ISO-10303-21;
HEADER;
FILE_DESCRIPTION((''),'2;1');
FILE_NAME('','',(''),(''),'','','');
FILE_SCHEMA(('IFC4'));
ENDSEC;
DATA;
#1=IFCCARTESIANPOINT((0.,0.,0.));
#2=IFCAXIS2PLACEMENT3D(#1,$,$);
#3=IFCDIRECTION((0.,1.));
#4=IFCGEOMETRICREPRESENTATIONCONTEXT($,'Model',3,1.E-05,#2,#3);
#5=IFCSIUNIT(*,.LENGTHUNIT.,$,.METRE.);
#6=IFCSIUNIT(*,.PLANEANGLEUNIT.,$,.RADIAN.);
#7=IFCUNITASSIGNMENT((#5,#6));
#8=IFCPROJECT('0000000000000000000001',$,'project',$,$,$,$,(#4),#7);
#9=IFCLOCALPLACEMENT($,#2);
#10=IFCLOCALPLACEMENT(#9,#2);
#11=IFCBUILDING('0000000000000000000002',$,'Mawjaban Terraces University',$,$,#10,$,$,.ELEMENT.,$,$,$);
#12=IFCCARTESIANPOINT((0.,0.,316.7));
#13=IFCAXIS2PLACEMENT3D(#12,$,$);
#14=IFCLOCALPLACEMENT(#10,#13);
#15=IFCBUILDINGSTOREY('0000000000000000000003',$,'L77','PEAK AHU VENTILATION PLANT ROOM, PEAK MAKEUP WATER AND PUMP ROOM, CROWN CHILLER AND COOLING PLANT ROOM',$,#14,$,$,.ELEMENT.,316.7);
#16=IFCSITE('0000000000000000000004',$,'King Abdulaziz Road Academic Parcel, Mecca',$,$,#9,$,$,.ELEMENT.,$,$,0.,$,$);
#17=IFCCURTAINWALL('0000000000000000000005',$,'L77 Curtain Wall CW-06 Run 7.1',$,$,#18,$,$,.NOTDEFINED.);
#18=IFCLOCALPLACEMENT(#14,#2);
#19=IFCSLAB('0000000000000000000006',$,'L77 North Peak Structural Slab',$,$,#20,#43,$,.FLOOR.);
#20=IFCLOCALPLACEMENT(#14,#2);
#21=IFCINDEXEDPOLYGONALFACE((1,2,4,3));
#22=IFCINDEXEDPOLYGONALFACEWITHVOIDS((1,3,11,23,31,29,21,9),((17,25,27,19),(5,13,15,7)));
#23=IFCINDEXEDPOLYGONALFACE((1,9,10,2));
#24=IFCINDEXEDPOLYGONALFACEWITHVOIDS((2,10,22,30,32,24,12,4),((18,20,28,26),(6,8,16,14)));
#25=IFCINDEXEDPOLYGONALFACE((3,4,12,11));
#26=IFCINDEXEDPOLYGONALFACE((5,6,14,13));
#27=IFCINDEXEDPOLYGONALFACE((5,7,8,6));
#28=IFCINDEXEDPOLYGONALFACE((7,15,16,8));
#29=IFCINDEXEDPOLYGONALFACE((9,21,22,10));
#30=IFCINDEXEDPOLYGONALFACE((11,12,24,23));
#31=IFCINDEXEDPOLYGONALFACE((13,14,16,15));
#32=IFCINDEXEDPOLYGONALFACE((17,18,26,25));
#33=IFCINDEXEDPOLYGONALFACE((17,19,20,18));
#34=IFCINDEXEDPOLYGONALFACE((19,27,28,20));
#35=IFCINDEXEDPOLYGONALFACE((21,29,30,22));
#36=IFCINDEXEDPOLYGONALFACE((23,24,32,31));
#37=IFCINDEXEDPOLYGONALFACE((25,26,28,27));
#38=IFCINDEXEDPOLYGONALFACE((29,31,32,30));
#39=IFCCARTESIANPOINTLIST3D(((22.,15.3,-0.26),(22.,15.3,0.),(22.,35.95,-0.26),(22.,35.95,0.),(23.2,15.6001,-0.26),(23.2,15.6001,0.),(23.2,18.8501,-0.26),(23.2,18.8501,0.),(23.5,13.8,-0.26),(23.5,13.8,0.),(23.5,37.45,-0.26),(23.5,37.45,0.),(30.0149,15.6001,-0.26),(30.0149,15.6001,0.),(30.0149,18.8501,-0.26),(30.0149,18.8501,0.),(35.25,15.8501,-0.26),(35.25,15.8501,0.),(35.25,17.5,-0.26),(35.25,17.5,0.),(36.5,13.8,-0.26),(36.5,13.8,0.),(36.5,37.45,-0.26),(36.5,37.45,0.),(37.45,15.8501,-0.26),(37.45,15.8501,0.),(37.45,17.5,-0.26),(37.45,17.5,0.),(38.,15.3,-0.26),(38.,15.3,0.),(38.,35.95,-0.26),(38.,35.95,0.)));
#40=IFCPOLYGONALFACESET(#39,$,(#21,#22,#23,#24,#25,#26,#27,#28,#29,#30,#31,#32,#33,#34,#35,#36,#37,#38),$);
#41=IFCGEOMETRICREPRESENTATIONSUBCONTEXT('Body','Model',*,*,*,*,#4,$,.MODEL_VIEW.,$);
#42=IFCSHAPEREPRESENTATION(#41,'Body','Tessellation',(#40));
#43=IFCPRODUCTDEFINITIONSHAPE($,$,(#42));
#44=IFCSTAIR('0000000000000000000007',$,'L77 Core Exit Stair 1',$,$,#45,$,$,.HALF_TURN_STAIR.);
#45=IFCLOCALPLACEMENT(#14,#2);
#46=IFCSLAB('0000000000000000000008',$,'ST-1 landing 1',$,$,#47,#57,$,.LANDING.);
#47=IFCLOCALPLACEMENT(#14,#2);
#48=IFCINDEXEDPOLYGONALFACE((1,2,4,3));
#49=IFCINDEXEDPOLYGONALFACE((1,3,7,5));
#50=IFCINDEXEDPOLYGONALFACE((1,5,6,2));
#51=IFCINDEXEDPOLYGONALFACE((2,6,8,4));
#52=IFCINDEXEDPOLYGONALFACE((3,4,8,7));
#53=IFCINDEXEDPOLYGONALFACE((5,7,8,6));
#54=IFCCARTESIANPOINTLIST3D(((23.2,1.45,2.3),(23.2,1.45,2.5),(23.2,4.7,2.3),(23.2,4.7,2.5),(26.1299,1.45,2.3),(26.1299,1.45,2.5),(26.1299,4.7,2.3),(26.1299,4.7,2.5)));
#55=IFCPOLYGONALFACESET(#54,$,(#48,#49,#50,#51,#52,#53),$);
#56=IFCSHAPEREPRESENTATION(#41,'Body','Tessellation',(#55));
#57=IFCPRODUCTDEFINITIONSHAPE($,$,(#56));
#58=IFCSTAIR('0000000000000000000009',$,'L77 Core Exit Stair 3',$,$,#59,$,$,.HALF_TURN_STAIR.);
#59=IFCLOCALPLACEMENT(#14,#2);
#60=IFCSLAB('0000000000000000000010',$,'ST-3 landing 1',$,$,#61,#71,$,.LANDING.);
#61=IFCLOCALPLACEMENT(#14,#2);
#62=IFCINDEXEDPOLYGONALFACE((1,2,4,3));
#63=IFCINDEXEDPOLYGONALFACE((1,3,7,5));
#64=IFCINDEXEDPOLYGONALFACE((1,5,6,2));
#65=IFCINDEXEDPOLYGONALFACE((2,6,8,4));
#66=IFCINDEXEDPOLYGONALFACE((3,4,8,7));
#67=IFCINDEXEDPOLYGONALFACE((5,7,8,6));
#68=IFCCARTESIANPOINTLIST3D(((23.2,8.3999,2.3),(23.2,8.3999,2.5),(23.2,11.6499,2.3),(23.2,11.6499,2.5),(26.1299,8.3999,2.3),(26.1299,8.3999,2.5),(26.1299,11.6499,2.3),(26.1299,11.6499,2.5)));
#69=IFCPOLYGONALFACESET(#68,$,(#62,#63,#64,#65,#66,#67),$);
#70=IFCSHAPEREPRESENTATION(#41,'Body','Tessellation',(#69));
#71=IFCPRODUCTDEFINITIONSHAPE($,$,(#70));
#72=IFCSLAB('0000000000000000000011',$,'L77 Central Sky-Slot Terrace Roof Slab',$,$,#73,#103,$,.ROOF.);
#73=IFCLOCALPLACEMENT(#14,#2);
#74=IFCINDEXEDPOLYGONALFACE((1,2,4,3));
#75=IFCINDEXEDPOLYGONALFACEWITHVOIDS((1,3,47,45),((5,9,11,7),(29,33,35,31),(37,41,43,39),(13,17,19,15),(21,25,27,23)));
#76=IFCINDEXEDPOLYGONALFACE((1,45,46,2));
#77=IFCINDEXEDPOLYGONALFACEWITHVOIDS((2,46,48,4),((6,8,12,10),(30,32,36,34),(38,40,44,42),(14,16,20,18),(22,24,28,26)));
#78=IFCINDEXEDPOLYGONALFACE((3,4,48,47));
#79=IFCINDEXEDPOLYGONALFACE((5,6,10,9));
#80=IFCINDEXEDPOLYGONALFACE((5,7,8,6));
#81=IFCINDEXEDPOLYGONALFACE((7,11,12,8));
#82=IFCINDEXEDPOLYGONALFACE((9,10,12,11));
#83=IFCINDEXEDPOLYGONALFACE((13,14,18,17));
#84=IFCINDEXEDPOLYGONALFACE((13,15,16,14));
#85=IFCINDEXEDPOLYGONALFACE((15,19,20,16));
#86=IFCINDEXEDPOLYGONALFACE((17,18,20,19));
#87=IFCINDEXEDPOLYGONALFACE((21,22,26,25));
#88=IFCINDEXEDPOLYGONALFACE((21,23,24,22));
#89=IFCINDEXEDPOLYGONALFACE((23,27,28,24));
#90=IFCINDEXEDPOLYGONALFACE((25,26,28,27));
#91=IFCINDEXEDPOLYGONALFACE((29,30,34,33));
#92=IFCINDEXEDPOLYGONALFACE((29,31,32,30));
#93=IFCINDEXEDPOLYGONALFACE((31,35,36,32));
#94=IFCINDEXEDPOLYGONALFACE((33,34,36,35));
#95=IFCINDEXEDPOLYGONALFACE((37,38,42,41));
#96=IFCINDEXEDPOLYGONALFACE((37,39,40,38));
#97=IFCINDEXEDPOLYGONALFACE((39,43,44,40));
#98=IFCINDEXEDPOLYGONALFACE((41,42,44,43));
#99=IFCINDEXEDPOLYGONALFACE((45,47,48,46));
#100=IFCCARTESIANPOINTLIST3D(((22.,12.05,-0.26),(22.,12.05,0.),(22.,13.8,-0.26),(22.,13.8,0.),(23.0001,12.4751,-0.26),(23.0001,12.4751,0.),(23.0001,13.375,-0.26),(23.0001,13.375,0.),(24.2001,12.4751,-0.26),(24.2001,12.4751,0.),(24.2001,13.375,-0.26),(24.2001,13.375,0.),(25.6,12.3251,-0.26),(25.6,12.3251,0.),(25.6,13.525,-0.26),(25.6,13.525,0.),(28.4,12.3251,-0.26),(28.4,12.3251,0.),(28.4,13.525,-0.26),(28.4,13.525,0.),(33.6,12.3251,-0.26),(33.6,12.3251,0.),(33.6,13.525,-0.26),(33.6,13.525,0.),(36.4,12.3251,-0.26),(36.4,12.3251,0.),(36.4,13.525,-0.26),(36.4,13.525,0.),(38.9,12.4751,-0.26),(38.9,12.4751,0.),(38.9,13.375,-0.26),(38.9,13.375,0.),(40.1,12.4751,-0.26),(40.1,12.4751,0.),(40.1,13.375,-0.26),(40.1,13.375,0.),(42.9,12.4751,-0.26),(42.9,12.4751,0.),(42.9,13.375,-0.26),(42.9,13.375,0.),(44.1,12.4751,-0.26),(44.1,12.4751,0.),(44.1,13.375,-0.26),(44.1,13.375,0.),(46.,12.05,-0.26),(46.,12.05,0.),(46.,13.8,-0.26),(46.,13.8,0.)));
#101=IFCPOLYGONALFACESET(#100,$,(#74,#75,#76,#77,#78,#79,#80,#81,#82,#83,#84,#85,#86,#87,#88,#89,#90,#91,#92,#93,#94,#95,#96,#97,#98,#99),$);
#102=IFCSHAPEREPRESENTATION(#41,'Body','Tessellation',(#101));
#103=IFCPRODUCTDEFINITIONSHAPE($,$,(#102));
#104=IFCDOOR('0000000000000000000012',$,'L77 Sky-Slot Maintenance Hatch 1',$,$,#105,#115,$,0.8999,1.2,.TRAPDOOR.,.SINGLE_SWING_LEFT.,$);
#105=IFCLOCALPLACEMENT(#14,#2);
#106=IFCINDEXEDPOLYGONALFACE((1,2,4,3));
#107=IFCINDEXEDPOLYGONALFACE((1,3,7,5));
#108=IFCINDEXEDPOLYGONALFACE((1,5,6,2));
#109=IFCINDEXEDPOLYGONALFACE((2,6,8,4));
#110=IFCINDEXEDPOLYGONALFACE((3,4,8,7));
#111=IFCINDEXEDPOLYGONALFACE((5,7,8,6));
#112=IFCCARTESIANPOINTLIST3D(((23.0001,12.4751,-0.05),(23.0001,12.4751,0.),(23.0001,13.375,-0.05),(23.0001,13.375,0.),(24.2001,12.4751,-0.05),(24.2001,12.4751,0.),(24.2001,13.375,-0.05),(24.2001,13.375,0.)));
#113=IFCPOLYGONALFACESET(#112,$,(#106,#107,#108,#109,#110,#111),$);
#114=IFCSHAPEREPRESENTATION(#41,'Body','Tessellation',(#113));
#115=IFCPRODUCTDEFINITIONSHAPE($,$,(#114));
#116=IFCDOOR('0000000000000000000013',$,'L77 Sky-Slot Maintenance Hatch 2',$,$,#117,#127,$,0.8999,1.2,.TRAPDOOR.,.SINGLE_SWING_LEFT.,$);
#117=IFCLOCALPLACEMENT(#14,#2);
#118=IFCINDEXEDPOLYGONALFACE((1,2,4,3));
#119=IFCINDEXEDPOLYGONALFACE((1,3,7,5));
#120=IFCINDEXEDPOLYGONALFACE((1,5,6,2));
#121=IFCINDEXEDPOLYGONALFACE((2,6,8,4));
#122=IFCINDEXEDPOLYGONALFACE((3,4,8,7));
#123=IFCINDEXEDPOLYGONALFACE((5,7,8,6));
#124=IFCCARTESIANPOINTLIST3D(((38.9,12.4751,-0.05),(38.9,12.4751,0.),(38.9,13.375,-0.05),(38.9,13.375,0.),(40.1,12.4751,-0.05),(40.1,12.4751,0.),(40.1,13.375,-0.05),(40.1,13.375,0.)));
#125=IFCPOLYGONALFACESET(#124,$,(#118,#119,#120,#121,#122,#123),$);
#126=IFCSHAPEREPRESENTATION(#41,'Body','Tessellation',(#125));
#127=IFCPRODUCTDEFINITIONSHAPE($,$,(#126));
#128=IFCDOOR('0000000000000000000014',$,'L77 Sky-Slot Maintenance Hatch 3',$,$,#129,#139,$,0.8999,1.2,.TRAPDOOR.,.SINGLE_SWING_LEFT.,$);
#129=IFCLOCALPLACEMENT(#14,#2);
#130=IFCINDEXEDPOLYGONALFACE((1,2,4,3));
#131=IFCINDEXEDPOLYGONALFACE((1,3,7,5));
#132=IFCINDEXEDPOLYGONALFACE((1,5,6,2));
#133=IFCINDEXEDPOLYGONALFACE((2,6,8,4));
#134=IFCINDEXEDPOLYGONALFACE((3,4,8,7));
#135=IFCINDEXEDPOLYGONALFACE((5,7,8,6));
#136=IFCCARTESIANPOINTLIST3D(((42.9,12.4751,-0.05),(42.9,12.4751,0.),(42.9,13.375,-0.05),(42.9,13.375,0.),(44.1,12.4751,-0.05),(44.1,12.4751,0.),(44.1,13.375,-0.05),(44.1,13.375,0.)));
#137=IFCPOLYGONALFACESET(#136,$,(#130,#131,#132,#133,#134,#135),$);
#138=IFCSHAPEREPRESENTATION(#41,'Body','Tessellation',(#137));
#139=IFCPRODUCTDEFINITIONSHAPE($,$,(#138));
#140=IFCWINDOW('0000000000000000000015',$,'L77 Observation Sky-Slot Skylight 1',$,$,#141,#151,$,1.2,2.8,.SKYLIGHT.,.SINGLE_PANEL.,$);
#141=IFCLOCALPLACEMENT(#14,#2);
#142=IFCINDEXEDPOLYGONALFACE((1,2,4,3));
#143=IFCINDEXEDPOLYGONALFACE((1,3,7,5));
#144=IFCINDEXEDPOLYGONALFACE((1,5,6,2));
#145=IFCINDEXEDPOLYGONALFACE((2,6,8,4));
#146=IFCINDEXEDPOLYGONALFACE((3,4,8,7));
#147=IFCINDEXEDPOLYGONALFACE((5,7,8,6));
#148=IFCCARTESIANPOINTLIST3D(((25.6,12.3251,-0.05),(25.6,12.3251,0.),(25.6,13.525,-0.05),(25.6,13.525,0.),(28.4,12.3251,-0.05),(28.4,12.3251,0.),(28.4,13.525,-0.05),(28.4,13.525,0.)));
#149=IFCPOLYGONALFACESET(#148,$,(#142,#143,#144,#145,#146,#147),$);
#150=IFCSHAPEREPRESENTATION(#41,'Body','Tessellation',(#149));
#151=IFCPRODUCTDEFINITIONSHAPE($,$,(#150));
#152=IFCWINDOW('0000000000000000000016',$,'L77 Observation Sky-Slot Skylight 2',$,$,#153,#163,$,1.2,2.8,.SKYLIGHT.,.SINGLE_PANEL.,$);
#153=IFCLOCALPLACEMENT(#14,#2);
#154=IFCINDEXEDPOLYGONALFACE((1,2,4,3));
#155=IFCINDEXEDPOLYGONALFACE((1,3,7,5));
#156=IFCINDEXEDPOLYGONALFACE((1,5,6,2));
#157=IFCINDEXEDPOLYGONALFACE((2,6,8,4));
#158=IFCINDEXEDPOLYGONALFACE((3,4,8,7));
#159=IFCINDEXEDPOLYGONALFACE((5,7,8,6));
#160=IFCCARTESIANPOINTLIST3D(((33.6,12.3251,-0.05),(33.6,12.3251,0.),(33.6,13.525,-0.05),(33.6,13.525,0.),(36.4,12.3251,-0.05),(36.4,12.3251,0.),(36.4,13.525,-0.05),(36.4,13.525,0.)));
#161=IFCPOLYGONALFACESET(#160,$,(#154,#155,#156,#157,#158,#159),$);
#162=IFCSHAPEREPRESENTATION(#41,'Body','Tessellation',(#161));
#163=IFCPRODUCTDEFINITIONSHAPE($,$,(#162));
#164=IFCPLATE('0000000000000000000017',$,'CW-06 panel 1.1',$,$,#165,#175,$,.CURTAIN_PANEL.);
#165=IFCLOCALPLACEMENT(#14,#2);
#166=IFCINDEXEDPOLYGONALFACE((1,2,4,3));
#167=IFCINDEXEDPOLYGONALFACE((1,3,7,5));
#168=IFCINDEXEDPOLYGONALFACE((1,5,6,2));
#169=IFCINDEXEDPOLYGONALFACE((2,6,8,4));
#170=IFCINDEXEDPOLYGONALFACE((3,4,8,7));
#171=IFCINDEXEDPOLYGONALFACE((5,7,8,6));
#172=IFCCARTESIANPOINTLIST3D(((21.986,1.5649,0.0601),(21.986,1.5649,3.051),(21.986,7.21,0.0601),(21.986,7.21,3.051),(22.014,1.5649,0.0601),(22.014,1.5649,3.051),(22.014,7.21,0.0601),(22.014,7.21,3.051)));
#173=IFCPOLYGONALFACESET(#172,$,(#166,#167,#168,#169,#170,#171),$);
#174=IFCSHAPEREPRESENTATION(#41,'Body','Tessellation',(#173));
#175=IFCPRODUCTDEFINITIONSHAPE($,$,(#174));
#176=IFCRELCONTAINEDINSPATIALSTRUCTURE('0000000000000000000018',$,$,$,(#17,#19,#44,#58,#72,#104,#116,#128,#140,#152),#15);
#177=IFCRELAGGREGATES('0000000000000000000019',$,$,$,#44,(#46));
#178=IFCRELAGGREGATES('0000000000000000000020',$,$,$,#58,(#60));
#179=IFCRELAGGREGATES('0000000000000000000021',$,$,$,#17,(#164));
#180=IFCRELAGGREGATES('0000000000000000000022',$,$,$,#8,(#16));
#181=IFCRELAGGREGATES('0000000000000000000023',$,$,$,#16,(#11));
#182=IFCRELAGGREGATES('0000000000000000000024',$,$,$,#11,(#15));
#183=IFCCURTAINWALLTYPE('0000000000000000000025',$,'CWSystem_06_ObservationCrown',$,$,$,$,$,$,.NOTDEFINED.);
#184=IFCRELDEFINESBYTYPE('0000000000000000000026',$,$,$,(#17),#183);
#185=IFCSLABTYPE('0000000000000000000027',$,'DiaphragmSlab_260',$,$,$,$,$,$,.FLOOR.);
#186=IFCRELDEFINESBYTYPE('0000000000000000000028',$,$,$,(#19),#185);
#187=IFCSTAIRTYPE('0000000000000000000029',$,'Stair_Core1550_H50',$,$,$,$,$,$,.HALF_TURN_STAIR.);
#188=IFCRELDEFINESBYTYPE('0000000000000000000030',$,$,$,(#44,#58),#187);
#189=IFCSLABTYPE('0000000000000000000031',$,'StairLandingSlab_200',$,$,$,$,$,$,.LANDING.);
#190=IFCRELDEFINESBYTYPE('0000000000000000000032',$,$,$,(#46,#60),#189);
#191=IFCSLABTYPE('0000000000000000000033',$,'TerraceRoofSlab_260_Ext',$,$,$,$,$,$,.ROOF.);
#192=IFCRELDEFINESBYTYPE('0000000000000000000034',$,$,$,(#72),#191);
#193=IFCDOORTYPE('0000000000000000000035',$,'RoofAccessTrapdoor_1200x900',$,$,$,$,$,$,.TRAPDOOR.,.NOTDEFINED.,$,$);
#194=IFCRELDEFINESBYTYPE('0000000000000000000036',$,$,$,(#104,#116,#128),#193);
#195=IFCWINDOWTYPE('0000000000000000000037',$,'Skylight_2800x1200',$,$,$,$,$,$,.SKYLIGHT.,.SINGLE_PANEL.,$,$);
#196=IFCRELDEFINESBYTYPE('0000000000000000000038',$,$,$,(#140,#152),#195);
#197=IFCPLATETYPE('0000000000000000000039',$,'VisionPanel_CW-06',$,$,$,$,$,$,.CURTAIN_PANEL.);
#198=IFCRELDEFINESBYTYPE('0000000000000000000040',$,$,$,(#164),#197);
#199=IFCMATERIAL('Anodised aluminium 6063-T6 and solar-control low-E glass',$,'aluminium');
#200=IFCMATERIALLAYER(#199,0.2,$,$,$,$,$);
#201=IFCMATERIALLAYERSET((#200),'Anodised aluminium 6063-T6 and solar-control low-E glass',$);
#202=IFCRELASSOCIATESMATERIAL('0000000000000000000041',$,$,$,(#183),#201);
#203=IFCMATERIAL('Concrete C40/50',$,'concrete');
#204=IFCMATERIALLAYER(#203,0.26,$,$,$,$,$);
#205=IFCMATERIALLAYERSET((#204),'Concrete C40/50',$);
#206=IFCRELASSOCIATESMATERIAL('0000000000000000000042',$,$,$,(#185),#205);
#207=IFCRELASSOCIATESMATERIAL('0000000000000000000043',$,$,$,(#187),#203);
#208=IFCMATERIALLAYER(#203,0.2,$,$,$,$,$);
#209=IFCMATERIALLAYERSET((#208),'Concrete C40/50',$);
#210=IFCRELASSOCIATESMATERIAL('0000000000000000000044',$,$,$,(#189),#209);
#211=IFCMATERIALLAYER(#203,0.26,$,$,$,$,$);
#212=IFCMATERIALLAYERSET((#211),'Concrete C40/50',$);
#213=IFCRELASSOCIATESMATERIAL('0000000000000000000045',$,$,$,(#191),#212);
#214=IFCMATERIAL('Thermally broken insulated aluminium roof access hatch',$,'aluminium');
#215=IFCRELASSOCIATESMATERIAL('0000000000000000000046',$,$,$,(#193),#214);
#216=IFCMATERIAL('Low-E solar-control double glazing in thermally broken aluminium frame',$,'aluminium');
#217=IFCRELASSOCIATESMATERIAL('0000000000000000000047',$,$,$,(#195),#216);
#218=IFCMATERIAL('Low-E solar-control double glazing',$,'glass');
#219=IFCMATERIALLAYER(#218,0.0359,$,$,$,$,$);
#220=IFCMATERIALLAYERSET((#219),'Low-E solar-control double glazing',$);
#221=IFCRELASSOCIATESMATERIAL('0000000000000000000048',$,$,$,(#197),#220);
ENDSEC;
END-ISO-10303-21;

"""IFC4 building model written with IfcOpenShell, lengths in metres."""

from ifc_helpers import new_model, si_unit, direction, frame, origin, origin_2d, place, context, subcontext, project, spatial, polyline, rectangle, outline, extrude, material, layer, layer_set, type_object, element, fill, aggregate, save


model = new_model("IFC4")

# Units and contexts
model_context = context("Model", 3, precision=1e-05, world=origin(), true_north=direction((0.0, 1.0)))
body_context = subcontext(model_context, "Body", "Model", "MODEL_VIEW")
ifc_project = project(units=[si_unit("LENGTHUNIT", "METRE"), si_unit("PLANEANGLEUNIT", "RADIAN")], contexts=[model_context])

# Site, building, storey
site_placement = place(None, origin())
site = spatial("IfcSite", under=ifc_project, at=site_placement, Name="King Abdulaziz Road Academic Parcel, Mecca", CompositionType="ELEMENT", RefElevation=0.0)
building_placement = place(site_placement, origin())
building = spatial("IfcBuilding", under=site, at=building_placement, Name="Mawjaban Terraces University", CompositionType="ELEMENT")
storey_placement = place(building_placement, frame((0.0, 0.0, 316.7)))
storey = spatial("IfcBuildingStorey", under=building, at=storey_placement, Name="L77", Description="PEAK AHU VENTILATION PLANT ROOM, PEAK MAKEUP WATER AND PUMP ROOM, CROWN CHILLER AND COOLING PLANT ROOM", CompositionType="ELEMENT", Elevation=316.7)

# Curtain wall
ifc_material_1 = material(Name="Anodised aluminium 6063-T6 and solar-control low-E glass", Category="aluminium")
ifc_layer_1 = layer(ifc_material_1, 0.2)
ifc_layer_set_1 = layer_set([ifc_layer_1], Name="Anodised aluminium 6063-T6 and solar-control low-E glass")
curtain_wall_type = type_object("IfcCurtainWallType", Name="CWSystem_06_ObservationCrown", PredefinedType="NOTDEFINED", material=ifc_layer_set_1)
curtain_wall_placement = place(storey_placement, origin())
curtain_wall = element("IfcCurtainWall", 1, at=curtain_wall_placement, inside=storey, type_object=curtain_wall_type, Name="L77 Curtain Wall CW-06 Run 7.1", PredefinedType="NOTDEFINED")

# Slab
ifc_material_2 = material(Name="Concrete C40/50", Category="concrete")
ifc_layer_2 = layer(ifc_material_2, 0.26)
ifc_layer_set_2 = layer_set([ifc_layer_2], Name="Concrete C40/50")
slab_type_1 = type_object("IfcSlabType", Name="DiaphragmSlab_260", PredefinedType="FLOOR", material=ifc_layer_set_2)
slab_1_placement = place(storey_placement, frame((0.0, 0.0, -0.26)))
element("IfcSlab", 2, at=slab_1_placement, inside=storey, type_object=slab_type_1, Name="L77 North Peak Structural Slab", PredefinedType="FLOOR", context=body_context, shape_type="SweptSolid", body=[
    extrude(outline(polyline([(23.5, 13.8), (36.5, 13.8), (38.0, 15.3), (38.0, 35.95), (36.5, 37.45), (23.5, 37.45), (22.0, 35.95), (22.0, 15.3), (23.5, 13.8)]), holes=[polyline([(30.0149, 18.8501), (23.2, 18.8501), (23.2, 15.6001), (30.0149, 15.6001), (30.0149, 18.8501)]), polyline([(35.25, 15.8501), (37.45, 15.8501), (37.45, 17.5), (35.25, 17.5), (35.25, 15.8501)])]), origin(), (0.0, 0.0, 1.0), 0.26),
])

# Stairs, slabs
stair_type = type_object("IfcStairType", Name="Stair_Core1550_H50", PredefinedType="HALF_TURN_STAIR", material=ifc_material_2)
stair_1_placement = place(storey_placement, origin())
stair_1 = element("IfcStair", 3, at=stair_1_placement, inside=storey, type_object=stair_type, Name="L77 Core Exit Stair 1", PredefinedType="HALF_TURN_STAIR")
ifc_layer_3 = layer(ifc_material_2, 0.2)
ifc_layer_set_3 = layer_set([ifc_layer_3], Name="Concrete C40/50")
slab_type_2 = type_object("IfcSlabType", Name="StairLandingSlab_200", PredefinedType="LANDING", material=ifc_layer_set_3)
slab_2_placement = place(storey_placement, frame((0.0, 0.0, 2.3)))
slab_2 = element("IfcSlab", 4, at=slab_2_placement, type_object=slab_type_2, Name="ST-1 landing 1", PredefinedType="LANDING", context=body_context, shape_type="SweptSolid", body=[
    extrude(outline(polyline([(26.1299, 4.7), (23.2, 4.7), (23.2, 1.45), (26.1299, 1.45), (26.1299, 4.7)])), origin(), (0.0, 0.0, 1.0), 0.2),
])
aggregate(stair_1, [slab_2])
stair_2_placement = place(storey_placement, origin())
stair_2 = element("IfcStair", 5, at=stair_2_placement, inside=storey, type_object=stair_type, Name="L77 Core Exit Stair 3", PredefinedType="HALF_TURN_STAIR")
slab_3_placement = place(storey_placement, frame((0.0, 0.0, 2.3)))
slab_3 = element("IfcSlab", 6, at=slab_3_placement, type_object=slab_type_2, Name="ST-3 landing 1", PredefinedType="LANDING", context=body_context, shape_type="SweptSolid", body=[
    extrude(outline(polyline([(26.1299, 11.6499), (23.2, 11.6499), (23.2, 8.3999), (26.1299, 8.3999), (26.1299, 11.6499)])), origin(), (0.0, 0.0, 1.0), 0.2),
])
aggregate(stair_2, [slab_3])

# Slab, openings, doors, windows
ifc_layer_4 = layer(ifc_material_2, 0.26)
ifc_layer_set_4 = layer_set([ifc_layer_4], Name="Concrete C40/50")
slab_type_3 = type_object("IfcSlabType", Name="TerraceRoofSlab_260_Ext", PredefinedType="ROOF", material=ifc_layer_set_4)
slab_4_placement = place(storey_placement, frame((0.0, 0.0, -0.26)))
slab_4 = element("IfcSlab", 7, at=slab_4_placement, inside=storey, type_object=slab_type_3, Name="L77 Central Sky-Slot Terrace Roof Slab", PredefinedType="ROOF", context=body_context, shape_type="SweptSolid", body=[
    extrude(outline(polyline([(22.0, 12.05), (46.0, 12.05), (46.0, 13.8), (22.0, 13.8), (22.0, 12.05)])), origin(), (0.0, 0.0, 1.0), 0.26),
])
opening_1_placement = place(slab_4_placement, frame((27.0, 12.925, 0.0)))
opening_1 = element("IfcOpeningElement", 8, at=opening_1_placement, cuts=slab_4, PredefinedType="OPENING", context=body_context, shape_type="SweptSolid", body=[
    extrude(rectangle(XDim=2.8, YDim=1.2, at=origin_2d()), origin(), (0.0, 0.0, 1.0), 0.26),
])
opening_2_placement = place(slab_4_placement, frame((35.0, 12.925, 0.0)))
opening_2 = element("IfcOpeningElement", 9, at=opening_2_placement, cuts=slab_4, PredefinedType="OPENING", context=body_context, shape_type="SweptSolid", body=[
    extrude(rectangle(XDim=2.8, YDim=1.2, at=origin_2d()), origin(), (0.0, 0.0, 1.0), 0.26),
])
opening_3_placement = place(slab_4_placement, frame((23.6001, 12.925, 0.0)))
opening_3 = element("IfcOpeningElement", 10, at=opening_3_placement, cuts=slab_4, PredefinedType="OPENING", context=body_context, shape_type="SweptSolid", body=[
    extrude(rectangle(XDim=1.2, YDim=0.8999, at=origin_2d()), origin(), (0.0, 0.0, 1.0), 0.26),
])
opening_4_placement = place(slab_4_placement, frame((39.5, 12.925, 0.0)))
opening_4 = element("IfcOpeningElement", 11, at=opening_4_placement, cuts=slab_4, PredefinedType="OPENING", context=body_context, shape_type="SweptSolid", body=[
    extrude(rectangle(XDim=1.2, YDim=0.8999, at=origin_2d()), origin(), (0.0, 0.0, 1.0), 0.26),
])
opening_5_placement = place(slab_4_placement, frame((43.5, 12.925, 0.0)))
opening_5 = element("IfcOpeningElement", 12, at=opening_5_placement, cuts=slab_4, PredefinedType="OPENING", context=body_context, shape_type="SweptSolid", body=[
    extrude(rectangle(XDim=1.2, YDim=0.8999, at=origin_2d()), origin(), (0.0, 0.0, 1.0), 0.26),
])
ifc_material_3 = material(Name="Thermally broken insulated aluminium roof access hatch", Category="aluminium")
door_type = type_object("IfcDoorType", Name="RoofAccessTrapdoor_1200x900", OperationType="NOTDEFINED", PredefinedType="TRAPDOOR", material=ifc_material_3)
door_1_placement = place(opening_3_placement, frame((0.0, 0.0, 0.21)))
door_1 = element("IfcDoor", 13, at=door_1_placement, inside=storey, type_object=door_type, Name="L77 Sky-Slot Maintenance Hatch 1", OperationType="SINGLE_SWING_LEFT", OverallHeight=0.8999, OverallWidth=1.2, PredefinedType="TRAPDOOR", context=body_context, shape_type="SweptSolid", body=[
    extrude(rectangle(XDim=1.2, YDim=0.8999, at=origin_2d()), origin(), (0.0, 0.0, 1.0), 0.05),
])
fill(opening_3, door_1)
door_2_placement = place(opening_4_placement, frame((0.0, 0.0, 0.21)))
door_2 = element("IfcDoor", 14, at=door_2_placement, inside=storey, type_object=door_type, Name="L77 Sky-Slot Maintenance Hatch 2", OperationType="SINGLE_SWING_LEFT", OverallHeight=0.8999, OverallWidth=1.2, PredefinedType="TRAPDOOR", context=body_context, shape_type="SweptSolid", body=[
    extrude(rectangle(XDim=1.2, YDim=0.8999, at=origin_2d()), origin(), (0.0, 0.0, 1.0), 0.05),
])
fill(opening_4, door_2)
door_3_placement = place(opening_5_placement, frame((0.0, 0.0, 0.21)))
door_3 = element("IfcDoor", 15, at=door_3_placement, inside=storey, type_object=door_type, Name="L77 Sky-Slot Maintenance Hatch 3", OperationType="SINGLE_SWING_LEFT", OverallHeight=0.8999, OverallWidth=1.2, PredefinedType="TRAPDOOR", context=body_context, shape_type="SweptSolid", body=[
    extrude(rectangle(XDim=1.2, YDim=0.8999, at=origin_2d()), origin(), (0.0, 0.0, 1.0), 0.05),
])
fill(opening_5, door_3)
ifc_material_4 = material(Name="Low-E solar-control double glazing in thermally broken aluminium frame", Category="aluminium")
window_type = type_object("IfcWindowType", Name="Skylight_2800x1200", PartitioningType="SINGLE_PANEL", PredefinedType="SKYLIGHT", material=ifc_material_4)
window_1_placement = place(opening_1_placement, frame((0.0, 0.0, 0.21)))
window_1 = element("IfcWindow", 16, at=window_1_placement, inside=storey, type_object=window_type, Name="L77 Observation Sky-Slot Skylight 1", OverallHeight=1.2, OverallWidth=2.8, PartitioningType="SINGLE_PANEL", PredefinedType="SKYLIGHT", context=body_context, shape_type="SweptSolid", body=[
    extrude(rectangle(XDim=2.8, YDim=1.2, at=origin_2d()), origin(), (0.0, 0.0, 1.0), 0.05),
])
fill(opening_1, window_1)
window_2_placement = place(opening_2_placement, frame((0.0, 0.0, 0.21)))
window_2 = element("IfcWindow", 17, at=window_2_placement, inside=storey, type_object=window_type, Name="L77 Observation Sky-Slot Skylight 2", OverallHeight=1.2, OverallWidth=2.8, PartitioningType="SINGLE_PANEL", PredefinedType="SKYLIGHT", context=body_context, shape_type="SweptSolid", body=[
    extrude(rectangle(XDim=2.8, YDim=1.2, at=origin_2d()), origin(), (0.0, 0.0, 1.0), 0.05),
])
fill(opening_2, window_2)

# Plate
ifc_material_5 = material(Name="Low-E solar-control double glazing", Category="glass")
ifc_layer_5 = layer(ifc_material_5, 0.0359)
ifc_layer_set_5 = layer_set([ifc_layer_5], Name="Low-E solar-control double glazing")
plate_type = type_object("IfcPlateType", Name="VisionPanel_CW-06", PredefinedType="CURTAIN_PANEL", material=ifc_layer_set_5)
plate_1_placement = place(storey_placement, frame((22.0, 4.3875, 0.0601), z_axis=(0.0, 0.0, 1.0), x_axis=(0.0, -1.0, 0.0)))
plate_1 = element("IfcPlate", 18, at=plate_1_placement, type_object=plate_type, Name="CW-06 panel 1.1", PredefinedType="CURTAIN_PANEL", context=body_context, shape_type="SweptSolid", body=[
    extrude(rectangle(XDim=5.645, YDim=0.0281, at=origin_2d()), origin(), (0.0, 0.0, 1.0), 2.991),
])
aggregate(curtain_wall, [plate_1])

save(model, "model.ifc")
